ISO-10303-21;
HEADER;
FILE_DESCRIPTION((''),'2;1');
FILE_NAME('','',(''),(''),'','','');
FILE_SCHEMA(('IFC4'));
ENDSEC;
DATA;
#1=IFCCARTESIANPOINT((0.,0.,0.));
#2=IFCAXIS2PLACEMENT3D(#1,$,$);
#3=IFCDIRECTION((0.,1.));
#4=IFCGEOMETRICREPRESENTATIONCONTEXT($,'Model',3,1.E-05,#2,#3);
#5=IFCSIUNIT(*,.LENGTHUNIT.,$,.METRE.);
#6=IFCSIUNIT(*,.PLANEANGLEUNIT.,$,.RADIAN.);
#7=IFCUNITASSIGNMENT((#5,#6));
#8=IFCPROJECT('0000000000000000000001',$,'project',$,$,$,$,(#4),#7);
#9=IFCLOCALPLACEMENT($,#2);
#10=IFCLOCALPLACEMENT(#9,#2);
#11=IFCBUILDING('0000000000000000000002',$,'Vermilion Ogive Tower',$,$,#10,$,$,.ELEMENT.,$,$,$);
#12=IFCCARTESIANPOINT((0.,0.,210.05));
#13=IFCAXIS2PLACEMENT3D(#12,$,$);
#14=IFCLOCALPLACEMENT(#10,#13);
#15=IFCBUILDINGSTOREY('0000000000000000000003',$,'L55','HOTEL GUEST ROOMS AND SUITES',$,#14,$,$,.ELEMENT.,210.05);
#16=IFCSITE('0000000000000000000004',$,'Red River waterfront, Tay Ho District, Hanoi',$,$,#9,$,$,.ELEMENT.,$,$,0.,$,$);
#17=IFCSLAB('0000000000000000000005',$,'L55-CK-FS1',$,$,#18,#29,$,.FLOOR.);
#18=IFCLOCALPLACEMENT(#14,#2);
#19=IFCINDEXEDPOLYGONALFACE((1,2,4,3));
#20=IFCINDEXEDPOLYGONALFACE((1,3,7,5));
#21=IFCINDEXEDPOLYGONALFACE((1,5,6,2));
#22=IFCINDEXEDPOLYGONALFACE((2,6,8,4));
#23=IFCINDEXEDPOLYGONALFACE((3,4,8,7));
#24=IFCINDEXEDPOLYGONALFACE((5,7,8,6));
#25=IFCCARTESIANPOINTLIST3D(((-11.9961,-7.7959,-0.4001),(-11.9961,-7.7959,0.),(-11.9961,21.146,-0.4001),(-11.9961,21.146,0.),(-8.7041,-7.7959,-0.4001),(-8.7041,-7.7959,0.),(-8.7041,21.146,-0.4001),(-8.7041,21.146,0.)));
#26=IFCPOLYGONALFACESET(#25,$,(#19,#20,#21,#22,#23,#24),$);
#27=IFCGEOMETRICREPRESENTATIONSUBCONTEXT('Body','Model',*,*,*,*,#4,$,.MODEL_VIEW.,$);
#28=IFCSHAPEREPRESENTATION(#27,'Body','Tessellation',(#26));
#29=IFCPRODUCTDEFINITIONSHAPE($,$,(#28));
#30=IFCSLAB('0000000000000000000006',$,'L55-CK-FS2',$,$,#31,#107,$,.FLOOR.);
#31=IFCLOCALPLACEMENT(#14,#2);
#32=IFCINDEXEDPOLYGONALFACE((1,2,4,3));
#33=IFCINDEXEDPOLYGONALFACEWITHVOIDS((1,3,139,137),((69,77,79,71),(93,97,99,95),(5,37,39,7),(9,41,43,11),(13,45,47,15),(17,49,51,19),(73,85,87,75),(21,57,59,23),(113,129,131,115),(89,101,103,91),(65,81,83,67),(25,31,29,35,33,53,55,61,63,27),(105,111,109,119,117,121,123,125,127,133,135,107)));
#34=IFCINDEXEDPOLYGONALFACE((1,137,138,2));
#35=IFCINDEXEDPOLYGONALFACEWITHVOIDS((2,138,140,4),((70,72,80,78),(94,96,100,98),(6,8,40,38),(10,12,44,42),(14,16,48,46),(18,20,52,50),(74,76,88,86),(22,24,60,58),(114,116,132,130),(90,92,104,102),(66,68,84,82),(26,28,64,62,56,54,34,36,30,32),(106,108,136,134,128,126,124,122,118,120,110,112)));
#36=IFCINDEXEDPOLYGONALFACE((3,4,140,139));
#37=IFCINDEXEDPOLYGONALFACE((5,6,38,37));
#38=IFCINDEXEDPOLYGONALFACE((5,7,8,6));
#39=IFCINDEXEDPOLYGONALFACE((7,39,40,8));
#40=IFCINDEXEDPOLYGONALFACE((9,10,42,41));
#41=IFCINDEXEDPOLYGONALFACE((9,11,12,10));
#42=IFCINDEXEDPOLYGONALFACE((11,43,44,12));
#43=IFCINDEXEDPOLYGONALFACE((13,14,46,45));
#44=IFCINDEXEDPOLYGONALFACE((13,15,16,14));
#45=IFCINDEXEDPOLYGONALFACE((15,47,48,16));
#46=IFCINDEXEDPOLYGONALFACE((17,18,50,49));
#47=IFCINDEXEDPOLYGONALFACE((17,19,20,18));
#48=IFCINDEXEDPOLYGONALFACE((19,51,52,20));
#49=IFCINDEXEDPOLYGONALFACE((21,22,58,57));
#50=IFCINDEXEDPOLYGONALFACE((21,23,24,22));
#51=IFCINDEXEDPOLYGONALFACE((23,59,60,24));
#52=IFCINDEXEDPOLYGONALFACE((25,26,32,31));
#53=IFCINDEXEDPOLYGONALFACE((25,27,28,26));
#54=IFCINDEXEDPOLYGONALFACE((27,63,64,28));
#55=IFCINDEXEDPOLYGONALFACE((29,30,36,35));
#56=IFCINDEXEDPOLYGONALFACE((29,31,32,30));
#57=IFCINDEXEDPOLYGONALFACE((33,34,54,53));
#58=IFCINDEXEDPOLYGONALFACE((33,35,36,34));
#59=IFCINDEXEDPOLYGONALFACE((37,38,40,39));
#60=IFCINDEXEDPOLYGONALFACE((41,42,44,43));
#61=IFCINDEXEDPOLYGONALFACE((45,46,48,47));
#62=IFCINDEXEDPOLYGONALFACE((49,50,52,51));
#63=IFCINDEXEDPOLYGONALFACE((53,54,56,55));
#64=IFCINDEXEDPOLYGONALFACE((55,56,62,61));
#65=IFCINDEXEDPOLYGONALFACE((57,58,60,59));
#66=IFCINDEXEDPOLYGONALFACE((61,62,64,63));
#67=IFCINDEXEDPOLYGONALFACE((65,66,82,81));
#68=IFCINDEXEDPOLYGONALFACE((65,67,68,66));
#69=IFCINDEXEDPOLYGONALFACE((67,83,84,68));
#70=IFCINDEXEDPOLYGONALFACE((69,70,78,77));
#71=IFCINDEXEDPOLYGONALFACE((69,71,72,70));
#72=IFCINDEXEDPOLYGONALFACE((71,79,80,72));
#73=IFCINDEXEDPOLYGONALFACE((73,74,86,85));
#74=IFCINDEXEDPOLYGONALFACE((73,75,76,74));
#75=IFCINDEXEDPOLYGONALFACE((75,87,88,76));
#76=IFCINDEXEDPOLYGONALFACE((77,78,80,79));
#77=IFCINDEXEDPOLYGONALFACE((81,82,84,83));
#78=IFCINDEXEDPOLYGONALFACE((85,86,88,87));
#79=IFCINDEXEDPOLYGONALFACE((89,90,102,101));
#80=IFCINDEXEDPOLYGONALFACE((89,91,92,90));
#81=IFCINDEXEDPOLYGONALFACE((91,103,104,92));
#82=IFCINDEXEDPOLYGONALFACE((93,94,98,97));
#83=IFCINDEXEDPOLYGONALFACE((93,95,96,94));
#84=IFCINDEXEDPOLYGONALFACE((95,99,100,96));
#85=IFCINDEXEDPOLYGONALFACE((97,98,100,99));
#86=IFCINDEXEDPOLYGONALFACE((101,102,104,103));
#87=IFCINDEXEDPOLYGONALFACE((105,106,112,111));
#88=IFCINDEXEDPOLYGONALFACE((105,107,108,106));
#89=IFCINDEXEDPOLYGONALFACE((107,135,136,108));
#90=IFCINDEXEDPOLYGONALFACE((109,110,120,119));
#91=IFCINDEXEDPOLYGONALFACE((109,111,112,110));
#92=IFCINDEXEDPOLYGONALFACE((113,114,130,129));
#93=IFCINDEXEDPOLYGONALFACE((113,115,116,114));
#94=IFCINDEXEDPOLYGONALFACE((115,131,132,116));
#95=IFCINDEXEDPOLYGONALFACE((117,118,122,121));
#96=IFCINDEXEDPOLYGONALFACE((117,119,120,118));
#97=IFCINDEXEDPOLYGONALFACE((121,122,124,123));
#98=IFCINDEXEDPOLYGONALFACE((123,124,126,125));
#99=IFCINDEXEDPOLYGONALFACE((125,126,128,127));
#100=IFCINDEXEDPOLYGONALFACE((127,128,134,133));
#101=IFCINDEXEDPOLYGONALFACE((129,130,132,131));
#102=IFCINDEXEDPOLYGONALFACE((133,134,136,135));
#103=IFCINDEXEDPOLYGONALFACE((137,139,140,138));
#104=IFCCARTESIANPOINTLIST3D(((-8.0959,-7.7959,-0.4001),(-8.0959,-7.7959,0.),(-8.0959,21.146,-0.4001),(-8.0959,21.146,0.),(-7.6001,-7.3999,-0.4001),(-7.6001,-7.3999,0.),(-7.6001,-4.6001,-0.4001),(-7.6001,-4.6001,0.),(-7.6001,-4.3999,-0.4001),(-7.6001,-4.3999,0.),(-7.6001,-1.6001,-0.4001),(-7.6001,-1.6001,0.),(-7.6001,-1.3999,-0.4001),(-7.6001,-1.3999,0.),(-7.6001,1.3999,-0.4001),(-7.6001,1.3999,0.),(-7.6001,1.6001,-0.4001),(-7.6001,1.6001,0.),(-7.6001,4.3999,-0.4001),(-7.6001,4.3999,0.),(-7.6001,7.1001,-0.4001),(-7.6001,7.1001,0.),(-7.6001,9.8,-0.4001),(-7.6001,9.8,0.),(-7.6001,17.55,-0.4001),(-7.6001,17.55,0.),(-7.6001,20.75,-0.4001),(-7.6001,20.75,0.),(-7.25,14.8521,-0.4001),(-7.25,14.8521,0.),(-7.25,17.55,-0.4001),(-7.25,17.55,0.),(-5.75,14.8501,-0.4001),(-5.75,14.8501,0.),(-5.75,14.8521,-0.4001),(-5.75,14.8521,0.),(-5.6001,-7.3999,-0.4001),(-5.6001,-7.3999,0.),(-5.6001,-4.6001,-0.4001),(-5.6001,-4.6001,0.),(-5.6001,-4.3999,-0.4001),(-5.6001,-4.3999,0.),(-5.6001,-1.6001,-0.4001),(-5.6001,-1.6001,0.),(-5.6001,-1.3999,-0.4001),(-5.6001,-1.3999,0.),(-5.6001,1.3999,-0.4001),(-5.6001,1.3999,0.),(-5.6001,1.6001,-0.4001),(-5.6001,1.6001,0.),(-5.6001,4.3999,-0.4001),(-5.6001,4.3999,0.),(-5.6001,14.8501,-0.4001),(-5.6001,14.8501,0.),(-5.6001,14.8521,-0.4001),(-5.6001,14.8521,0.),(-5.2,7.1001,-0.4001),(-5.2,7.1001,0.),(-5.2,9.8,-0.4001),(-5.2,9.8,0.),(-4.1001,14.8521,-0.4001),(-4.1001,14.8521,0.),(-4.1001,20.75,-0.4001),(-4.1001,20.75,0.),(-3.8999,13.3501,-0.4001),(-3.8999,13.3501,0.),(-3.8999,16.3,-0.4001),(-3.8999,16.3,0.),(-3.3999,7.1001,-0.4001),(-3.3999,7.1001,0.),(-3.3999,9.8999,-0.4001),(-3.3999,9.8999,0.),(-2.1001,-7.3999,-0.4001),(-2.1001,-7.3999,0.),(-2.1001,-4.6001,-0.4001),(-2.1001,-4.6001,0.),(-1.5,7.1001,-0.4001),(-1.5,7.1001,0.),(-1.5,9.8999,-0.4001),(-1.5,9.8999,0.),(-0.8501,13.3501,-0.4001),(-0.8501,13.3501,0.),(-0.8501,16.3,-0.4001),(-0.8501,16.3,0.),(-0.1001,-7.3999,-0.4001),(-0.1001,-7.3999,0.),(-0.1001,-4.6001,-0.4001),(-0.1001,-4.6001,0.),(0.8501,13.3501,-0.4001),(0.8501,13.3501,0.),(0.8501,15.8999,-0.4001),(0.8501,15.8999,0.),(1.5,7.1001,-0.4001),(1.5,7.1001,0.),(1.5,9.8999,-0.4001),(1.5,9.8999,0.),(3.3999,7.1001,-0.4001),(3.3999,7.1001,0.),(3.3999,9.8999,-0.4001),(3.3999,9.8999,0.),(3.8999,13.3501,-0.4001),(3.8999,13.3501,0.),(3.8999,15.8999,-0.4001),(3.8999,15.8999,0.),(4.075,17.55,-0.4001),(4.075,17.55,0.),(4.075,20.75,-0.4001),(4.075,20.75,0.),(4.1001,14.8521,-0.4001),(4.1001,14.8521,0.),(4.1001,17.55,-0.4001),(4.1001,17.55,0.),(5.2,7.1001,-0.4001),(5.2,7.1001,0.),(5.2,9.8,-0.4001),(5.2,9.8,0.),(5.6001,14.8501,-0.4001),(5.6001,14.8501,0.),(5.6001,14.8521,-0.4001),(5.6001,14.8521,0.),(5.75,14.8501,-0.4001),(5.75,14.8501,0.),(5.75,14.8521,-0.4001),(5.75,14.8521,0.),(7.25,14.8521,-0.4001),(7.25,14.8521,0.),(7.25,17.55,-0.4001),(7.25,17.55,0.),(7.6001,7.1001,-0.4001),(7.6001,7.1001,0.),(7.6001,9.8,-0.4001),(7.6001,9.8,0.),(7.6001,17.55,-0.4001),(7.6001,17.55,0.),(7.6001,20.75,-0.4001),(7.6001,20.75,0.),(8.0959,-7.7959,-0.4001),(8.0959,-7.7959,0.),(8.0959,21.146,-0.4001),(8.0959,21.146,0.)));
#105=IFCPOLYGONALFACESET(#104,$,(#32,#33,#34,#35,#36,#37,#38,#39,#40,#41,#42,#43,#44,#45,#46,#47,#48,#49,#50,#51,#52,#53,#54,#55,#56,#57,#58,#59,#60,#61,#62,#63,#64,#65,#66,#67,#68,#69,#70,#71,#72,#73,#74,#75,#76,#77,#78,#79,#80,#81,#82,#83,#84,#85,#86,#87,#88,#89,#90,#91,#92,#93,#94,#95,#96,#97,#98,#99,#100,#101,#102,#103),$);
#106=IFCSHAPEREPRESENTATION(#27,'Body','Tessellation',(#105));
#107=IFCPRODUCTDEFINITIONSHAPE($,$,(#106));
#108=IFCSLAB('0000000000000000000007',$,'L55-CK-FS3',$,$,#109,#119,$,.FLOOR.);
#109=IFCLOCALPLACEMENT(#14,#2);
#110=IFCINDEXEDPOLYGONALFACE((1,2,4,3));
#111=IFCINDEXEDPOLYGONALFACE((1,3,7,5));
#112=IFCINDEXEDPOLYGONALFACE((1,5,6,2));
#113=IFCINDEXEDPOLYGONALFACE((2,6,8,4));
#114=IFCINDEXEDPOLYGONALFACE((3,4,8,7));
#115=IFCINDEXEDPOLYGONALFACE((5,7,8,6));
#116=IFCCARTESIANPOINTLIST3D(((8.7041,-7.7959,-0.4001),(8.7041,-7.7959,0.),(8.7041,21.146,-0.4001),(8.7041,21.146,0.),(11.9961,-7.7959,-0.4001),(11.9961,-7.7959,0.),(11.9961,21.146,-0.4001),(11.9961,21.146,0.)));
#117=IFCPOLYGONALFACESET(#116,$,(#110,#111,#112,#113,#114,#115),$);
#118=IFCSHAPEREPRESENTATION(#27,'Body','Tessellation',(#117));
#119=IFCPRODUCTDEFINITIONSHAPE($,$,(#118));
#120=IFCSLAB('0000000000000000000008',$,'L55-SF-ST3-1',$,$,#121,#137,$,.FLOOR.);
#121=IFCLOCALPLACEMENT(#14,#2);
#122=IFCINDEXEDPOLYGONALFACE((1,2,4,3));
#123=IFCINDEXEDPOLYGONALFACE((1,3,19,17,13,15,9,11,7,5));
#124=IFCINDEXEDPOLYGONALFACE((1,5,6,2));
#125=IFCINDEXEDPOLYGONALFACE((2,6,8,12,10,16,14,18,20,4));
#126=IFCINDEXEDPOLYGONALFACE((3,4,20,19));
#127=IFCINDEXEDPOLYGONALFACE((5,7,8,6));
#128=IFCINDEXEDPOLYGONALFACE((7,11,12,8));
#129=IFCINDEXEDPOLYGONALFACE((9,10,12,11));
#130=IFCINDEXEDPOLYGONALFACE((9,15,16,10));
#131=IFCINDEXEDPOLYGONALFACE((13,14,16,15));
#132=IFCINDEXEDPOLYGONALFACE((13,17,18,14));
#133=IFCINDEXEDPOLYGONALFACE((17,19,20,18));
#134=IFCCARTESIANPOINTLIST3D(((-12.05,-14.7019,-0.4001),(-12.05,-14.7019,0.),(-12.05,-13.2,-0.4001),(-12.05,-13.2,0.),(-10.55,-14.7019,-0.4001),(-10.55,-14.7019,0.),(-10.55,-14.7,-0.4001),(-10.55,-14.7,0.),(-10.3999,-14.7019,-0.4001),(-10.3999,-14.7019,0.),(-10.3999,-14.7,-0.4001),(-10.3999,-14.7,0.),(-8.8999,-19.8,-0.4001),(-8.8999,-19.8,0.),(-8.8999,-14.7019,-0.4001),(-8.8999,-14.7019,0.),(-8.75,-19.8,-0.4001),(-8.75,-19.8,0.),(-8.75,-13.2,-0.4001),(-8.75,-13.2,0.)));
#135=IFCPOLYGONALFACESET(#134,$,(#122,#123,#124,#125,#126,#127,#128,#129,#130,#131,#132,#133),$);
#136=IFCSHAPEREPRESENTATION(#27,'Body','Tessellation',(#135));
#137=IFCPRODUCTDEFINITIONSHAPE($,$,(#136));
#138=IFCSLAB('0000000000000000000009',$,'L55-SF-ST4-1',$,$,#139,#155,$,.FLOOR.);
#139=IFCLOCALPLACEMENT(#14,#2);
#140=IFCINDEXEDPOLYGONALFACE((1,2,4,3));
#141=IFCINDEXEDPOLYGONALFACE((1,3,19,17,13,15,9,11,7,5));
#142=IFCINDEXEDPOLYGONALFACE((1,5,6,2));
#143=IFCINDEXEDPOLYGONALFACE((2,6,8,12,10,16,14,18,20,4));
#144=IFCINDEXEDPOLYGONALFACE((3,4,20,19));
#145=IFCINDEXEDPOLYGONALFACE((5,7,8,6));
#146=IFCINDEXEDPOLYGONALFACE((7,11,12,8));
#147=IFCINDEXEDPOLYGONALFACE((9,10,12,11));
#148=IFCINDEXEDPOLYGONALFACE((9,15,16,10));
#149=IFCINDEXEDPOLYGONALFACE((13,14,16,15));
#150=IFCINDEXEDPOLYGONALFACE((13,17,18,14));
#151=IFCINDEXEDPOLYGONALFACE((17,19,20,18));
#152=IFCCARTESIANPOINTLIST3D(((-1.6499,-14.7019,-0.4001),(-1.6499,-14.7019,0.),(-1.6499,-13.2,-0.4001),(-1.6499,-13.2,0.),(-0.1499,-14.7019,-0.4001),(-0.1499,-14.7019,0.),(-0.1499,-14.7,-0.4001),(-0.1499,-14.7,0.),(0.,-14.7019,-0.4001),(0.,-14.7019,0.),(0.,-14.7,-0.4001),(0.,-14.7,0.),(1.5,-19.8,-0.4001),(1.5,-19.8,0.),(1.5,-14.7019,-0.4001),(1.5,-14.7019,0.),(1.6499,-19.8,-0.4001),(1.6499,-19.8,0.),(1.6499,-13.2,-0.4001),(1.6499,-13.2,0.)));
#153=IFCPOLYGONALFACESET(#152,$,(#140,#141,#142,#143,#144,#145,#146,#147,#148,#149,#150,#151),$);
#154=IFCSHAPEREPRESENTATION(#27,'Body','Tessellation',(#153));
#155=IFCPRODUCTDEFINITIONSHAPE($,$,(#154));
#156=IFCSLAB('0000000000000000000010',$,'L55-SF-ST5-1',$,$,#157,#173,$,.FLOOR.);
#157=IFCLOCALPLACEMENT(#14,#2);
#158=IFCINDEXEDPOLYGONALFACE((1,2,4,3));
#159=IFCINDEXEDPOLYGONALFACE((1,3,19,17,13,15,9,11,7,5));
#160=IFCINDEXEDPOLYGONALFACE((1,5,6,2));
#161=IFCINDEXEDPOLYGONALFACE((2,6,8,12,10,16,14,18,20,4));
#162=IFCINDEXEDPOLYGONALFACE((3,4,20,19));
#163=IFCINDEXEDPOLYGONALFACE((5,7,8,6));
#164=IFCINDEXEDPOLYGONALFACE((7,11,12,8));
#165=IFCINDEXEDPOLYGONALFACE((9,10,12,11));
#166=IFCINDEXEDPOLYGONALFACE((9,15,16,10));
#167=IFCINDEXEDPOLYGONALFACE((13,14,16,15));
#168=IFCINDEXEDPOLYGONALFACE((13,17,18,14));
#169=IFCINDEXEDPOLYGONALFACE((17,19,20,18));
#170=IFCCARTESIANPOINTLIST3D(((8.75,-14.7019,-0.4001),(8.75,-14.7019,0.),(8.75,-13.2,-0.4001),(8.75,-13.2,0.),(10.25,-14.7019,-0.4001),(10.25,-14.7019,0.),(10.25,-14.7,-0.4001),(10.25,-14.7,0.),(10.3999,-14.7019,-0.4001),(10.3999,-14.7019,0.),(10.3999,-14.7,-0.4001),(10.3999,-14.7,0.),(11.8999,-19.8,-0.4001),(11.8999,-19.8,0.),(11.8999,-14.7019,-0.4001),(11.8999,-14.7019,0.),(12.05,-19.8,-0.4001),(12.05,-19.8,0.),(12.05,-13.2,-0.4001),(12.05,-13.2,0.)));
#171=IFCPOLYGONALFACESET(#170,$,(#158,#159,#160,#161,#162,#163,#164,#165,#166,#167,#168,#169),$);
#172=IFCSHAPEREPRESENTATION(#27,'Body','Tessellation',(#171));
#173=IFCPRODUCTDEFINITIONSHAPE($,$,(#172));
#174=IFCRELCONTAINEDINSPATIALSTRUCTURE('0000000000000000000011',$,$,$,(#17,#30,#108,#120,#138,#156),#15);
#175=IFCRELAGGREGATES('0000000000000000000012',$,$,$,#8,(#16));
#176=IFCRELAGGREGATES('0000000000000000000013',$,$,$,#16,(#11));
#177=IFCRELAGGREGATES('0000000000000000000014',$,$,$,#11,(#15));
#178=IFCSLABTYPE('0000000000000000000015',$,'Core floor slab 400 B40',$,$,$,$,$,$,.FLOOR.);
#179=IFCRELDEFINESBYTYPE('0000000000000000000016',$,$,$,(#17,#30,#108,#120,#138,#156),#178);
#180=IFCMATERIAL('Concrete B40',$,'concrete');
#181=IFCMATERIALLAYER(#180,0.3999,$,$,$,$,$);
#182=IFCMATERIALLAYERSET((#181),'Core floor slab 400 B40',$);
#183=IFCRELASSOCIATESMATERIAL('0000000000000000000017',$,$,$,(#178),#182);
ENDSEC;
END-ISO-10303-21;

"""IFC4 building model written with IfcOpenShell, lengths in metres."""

from ifc_helpers import new_model, si_unit, direction, frame, origin, place, context, subcontext, project, spatial, polyline, outline, extrude, material, layer, layer_set, type_object, element, save


model = new_model("IFC4")

# Units and contexts
model_context = context("Model", 3, precision=1e-05, world=origin(), true_north=direction((0.0, 1.0)))
body_context = subcontext(model_context, "Body", "Model", "MODEL_VIEW")
ifc_project = project(units=[si_unit("LENGTHUNIT", "METRE"), si_unit("PLANEANGLEUNIT", "RADIAN")], contexts=[model_context])

# Site, building, storey
site_placement = place(None, origin())
site = spatial("IfcSite", under=ifc_project, at=site_placement, Name="Red River waterfront, Tay Ho District, Hanoi", CompositionType="ELEMENT", RefElevation=0.0)
building_placement = place(site_placement, origin())
building = spatial("IfcBuilding", under=site, at=building_placement, Name="Vermilion Ogive Tower", CompositionType="ELEMENT")
storey_placement = place(building_placement, frame((0.0, 0.0, 210.05)))
storey = spatial("IfcBuildingStorey", under=building, at=storey_placement, Name="L55", Description="HOTEL GUEST ROOMS AND SUITES", CompositionType="ELEMENT", Elevation=210.05)

# Slabs
ifc_material_1 = material(Name="Concrete B40", Category="concrete")
ifc_layer_1 = layer(ifc_material_1, 0.3999)
ifc_layer_set_1 = layer_set([ifc_layer_1], Name="Core floor slab 400 B40")
slab_type_1 = type_object("IfcSlabType", Name="Core floor slab 400 B40", PredefinedType="FLOOR", material=ifc_layer_set_1)
slab_1_placement = place(storey_placement, frame((0.0, 0.0, -0.4001)))
element("IfcSlab", 1, at=slab_1_placement, inside=storey, type_object=slab_type_1, Name="L55-CK-FS1", PredefinedType="FLOOR", context=body_context, shape_type="SweptSolid", body=[
    extrude(outline(polyline([(-11.9961, 21.146), (-8.7041, 21.146), (-8.7041, -7.7959), (-11.9961, -7.7959), (-11.9961, 21.146)])), origin(), (0.0, 0.0, 1.0), 0.4001),
])
slab_2_placement = place(storey_placement, frame((0.0, 0.0, -0.4001)))
element("IfcSlab", 2, at=slab_2_placement, inside=storey, type_object=slab_type_1, Name="L55-CK-FS2", PredefinedType="FLOOR", context=body_context, shape_type="SweptSolid", body=[
    extrude(outline(polyline([(-8.0959, -7.7959), (8.0959, -7.7959), (8.0959, 21.146), (-8.0959, 21.146), (-8.0959, -7.7959)]), holes=[polyline([(-7.6001, -7.3999), (-7.6001, -4.6001), (-5.6001, -4.6001), (-5.6001, -7.3999), (-7.6001, -7.3999)]), polyline([(-7.6001, -4.3999), (-7.6001, -1.6001), (-5.6001, -1.6001), (-5.6001, -4.3999), (-7.6001, -4.3999)]), polyline([(-7.6001, -1.3999), (-7.6001, 1.3999), (-5.6001, 1.3999), (-5.6001, -1.3999), (-7.6001, -1.3999)]), polyline([(-7.6001, 1.6001), (-7.6001, 4.3999), (-5.6001, 4.3999), (-5.6001, 1.6001), (-7.6001, 1.6001)]), polyline([(-7.6001, 7.1001), (-7.6001, 9.8), (-5.2, 9.8), (-5.2, 7.1001), (-7.6001, 7.1001)]), polyline([(-3.3999, 9.8999), (-1.5, 9.8999), (-1.5, 7.1001), (-3.3999, 7.1001), (-3.3999, 9.8999)]), polyline([(-7.6001, 17.55), (-7.6001, 20.75), (-4.1001, 20.75), (-4.1001, 14.8521), (-5.6001, 14.8521), (-5.6001, 14.8501), (-5.75, 14.8501), (-5.75, 14.8521), (-7.25, 14.8521), (-7.25, 17.55), (-7.6001, 17.55)]), polyline([(-2.1001, -7.3999), (-2.1001, -4.6001), (-0.1001, -4.6001), (-0.1001, -7.3999), (-2.1001, -7.3999)]), polyline([(5.2, 7.1001), (5.2, 9.8), (7.6001, 9.8), (7.6001, 7.1001), (5.2, 7.1001)]), polyline([(1.5, 7.1001), (1.5, 9.8999), (3.3999, 9.8999), (3.3999, 7.1001), (1.5, 7.1001)]), polyline([(0.8501, 13.3501), (0.8501, 15.8999), (3.8999, 15.8999), (3.8999, 13.3501), (0.8501, 13.3501)]), polyline([(-3.8999, 16.3), (-0.8501, 16.3), (-0.8501, 13.3501), (-3.8999, 13.3501), (-3.8999, 16.3)]), polyline([(5.75, 14.8501), (5.6001, 14.8501), (5.6001, 14.8521), (4.1001, 14.8521), (4.1001, 17.55), (4.075, 17.55), (4.075, 20.75), (7.6001, 20.75), (7.6001, 17.55), (7.25, 17.55), (7.25, 14.8521), (5.75, 14.8521), (5.75, 14.8501)])]), origin(), (0.0, 0.0, 1.0), 0.4001),
])
slab_3_placement = place(storey_placement, frame((0.0, 0.0, -0.4001)))
element("IfcSlab", 3, at=slab_3_placement, inside=storey, type_object=slab_type_1, Name="L55-CK-FS3", PredefinedType="FLOOR", context=body_context, shape_type="SweptSolid", body=[
    extrude(outline(polyline([(11.9961, 21.146), (11.9961, -7.7959), (8.7041, -7.7959), (8.7041, 21.146), (11.9961, 21.146)])), origin(), (0.0, 0.0, 1.0), 0.4001),
])
slab_4_placement = place(storey_placement, frame((0.0, 0.0, -0.4001)))
element("IfcSlab", 4, at=slab_4_placement, inside=storey, type_object=slab_type_1, Name="L55-SF-ST3-1", PredefinedType="FLOOR", context=body_context, shape_type="SweptSolid", body=[
    extrude(outline(polyline([(-12.05, -13.2), (-12.05, -14.7019), (-10.55, -14.7019), (-10.55, -14.7), (-10.3999, -14.7), (-10.3999, -14.7019), (-8.8999, -14.7019), (-8.8999, -19.8), (-8.75, -19.8), (-8.75, -13.2), (-12.05, -13.2)])), origin(), (0.0, 0.0, 1.0), 0.4001),
])
slab_5_placement = place(storey_placement, frame((0.0, 0.0, -0.4001)))
element("IfcSlab", 5, at=slab_5_placement, inside=storey, type_object=slab_type_1, Name="L55-SF-ST4-1", PredefinedType="FLOOR", context=body_context, shape_type="SweptSolid", body=[
    extrude(outline(polyline([(-1.6499, -13.2), (-1.6499, -14.7019), (-0.1499, -14.7019), (-0.1499, -14.7), (0.0, -14.7), (0.0, -14.7019), (1.5, -14.7019), (1.5, -19.8), (1.6499, -19.8), (1.6499, -13.2), (-1.6499, -13.2)])), origin(), (0.0, 0.0, 1.0), 0.4001),
])
slab_6_placement = place(storey_placement, frame((0.0, 0.0, -0.4001)))
element("IfcSlab", 6, at=slab_6_placement, inside=storey, type_object=slab_type_1, Name="L55-SF-ST5-1", PredefinedType="FLOOR", context=body_context, shape_type="SweptSolid", body=[
    extrude(outline(polyline([(8.75, -13.2), (8.75, -14.7019), (10.25, -14.7019), (10.25, -14.7), (10.3999, -14.7), (10.3999, -14.7019), (11.8999, -14.7019), (11.8999, -19.8), (12.05, -19.8), (12.05, -13.2), (8.75, -13.2)])), origin(), (0.0, 0.0, 1.0), 0.4001),
])

save(model, "model.ifc")
